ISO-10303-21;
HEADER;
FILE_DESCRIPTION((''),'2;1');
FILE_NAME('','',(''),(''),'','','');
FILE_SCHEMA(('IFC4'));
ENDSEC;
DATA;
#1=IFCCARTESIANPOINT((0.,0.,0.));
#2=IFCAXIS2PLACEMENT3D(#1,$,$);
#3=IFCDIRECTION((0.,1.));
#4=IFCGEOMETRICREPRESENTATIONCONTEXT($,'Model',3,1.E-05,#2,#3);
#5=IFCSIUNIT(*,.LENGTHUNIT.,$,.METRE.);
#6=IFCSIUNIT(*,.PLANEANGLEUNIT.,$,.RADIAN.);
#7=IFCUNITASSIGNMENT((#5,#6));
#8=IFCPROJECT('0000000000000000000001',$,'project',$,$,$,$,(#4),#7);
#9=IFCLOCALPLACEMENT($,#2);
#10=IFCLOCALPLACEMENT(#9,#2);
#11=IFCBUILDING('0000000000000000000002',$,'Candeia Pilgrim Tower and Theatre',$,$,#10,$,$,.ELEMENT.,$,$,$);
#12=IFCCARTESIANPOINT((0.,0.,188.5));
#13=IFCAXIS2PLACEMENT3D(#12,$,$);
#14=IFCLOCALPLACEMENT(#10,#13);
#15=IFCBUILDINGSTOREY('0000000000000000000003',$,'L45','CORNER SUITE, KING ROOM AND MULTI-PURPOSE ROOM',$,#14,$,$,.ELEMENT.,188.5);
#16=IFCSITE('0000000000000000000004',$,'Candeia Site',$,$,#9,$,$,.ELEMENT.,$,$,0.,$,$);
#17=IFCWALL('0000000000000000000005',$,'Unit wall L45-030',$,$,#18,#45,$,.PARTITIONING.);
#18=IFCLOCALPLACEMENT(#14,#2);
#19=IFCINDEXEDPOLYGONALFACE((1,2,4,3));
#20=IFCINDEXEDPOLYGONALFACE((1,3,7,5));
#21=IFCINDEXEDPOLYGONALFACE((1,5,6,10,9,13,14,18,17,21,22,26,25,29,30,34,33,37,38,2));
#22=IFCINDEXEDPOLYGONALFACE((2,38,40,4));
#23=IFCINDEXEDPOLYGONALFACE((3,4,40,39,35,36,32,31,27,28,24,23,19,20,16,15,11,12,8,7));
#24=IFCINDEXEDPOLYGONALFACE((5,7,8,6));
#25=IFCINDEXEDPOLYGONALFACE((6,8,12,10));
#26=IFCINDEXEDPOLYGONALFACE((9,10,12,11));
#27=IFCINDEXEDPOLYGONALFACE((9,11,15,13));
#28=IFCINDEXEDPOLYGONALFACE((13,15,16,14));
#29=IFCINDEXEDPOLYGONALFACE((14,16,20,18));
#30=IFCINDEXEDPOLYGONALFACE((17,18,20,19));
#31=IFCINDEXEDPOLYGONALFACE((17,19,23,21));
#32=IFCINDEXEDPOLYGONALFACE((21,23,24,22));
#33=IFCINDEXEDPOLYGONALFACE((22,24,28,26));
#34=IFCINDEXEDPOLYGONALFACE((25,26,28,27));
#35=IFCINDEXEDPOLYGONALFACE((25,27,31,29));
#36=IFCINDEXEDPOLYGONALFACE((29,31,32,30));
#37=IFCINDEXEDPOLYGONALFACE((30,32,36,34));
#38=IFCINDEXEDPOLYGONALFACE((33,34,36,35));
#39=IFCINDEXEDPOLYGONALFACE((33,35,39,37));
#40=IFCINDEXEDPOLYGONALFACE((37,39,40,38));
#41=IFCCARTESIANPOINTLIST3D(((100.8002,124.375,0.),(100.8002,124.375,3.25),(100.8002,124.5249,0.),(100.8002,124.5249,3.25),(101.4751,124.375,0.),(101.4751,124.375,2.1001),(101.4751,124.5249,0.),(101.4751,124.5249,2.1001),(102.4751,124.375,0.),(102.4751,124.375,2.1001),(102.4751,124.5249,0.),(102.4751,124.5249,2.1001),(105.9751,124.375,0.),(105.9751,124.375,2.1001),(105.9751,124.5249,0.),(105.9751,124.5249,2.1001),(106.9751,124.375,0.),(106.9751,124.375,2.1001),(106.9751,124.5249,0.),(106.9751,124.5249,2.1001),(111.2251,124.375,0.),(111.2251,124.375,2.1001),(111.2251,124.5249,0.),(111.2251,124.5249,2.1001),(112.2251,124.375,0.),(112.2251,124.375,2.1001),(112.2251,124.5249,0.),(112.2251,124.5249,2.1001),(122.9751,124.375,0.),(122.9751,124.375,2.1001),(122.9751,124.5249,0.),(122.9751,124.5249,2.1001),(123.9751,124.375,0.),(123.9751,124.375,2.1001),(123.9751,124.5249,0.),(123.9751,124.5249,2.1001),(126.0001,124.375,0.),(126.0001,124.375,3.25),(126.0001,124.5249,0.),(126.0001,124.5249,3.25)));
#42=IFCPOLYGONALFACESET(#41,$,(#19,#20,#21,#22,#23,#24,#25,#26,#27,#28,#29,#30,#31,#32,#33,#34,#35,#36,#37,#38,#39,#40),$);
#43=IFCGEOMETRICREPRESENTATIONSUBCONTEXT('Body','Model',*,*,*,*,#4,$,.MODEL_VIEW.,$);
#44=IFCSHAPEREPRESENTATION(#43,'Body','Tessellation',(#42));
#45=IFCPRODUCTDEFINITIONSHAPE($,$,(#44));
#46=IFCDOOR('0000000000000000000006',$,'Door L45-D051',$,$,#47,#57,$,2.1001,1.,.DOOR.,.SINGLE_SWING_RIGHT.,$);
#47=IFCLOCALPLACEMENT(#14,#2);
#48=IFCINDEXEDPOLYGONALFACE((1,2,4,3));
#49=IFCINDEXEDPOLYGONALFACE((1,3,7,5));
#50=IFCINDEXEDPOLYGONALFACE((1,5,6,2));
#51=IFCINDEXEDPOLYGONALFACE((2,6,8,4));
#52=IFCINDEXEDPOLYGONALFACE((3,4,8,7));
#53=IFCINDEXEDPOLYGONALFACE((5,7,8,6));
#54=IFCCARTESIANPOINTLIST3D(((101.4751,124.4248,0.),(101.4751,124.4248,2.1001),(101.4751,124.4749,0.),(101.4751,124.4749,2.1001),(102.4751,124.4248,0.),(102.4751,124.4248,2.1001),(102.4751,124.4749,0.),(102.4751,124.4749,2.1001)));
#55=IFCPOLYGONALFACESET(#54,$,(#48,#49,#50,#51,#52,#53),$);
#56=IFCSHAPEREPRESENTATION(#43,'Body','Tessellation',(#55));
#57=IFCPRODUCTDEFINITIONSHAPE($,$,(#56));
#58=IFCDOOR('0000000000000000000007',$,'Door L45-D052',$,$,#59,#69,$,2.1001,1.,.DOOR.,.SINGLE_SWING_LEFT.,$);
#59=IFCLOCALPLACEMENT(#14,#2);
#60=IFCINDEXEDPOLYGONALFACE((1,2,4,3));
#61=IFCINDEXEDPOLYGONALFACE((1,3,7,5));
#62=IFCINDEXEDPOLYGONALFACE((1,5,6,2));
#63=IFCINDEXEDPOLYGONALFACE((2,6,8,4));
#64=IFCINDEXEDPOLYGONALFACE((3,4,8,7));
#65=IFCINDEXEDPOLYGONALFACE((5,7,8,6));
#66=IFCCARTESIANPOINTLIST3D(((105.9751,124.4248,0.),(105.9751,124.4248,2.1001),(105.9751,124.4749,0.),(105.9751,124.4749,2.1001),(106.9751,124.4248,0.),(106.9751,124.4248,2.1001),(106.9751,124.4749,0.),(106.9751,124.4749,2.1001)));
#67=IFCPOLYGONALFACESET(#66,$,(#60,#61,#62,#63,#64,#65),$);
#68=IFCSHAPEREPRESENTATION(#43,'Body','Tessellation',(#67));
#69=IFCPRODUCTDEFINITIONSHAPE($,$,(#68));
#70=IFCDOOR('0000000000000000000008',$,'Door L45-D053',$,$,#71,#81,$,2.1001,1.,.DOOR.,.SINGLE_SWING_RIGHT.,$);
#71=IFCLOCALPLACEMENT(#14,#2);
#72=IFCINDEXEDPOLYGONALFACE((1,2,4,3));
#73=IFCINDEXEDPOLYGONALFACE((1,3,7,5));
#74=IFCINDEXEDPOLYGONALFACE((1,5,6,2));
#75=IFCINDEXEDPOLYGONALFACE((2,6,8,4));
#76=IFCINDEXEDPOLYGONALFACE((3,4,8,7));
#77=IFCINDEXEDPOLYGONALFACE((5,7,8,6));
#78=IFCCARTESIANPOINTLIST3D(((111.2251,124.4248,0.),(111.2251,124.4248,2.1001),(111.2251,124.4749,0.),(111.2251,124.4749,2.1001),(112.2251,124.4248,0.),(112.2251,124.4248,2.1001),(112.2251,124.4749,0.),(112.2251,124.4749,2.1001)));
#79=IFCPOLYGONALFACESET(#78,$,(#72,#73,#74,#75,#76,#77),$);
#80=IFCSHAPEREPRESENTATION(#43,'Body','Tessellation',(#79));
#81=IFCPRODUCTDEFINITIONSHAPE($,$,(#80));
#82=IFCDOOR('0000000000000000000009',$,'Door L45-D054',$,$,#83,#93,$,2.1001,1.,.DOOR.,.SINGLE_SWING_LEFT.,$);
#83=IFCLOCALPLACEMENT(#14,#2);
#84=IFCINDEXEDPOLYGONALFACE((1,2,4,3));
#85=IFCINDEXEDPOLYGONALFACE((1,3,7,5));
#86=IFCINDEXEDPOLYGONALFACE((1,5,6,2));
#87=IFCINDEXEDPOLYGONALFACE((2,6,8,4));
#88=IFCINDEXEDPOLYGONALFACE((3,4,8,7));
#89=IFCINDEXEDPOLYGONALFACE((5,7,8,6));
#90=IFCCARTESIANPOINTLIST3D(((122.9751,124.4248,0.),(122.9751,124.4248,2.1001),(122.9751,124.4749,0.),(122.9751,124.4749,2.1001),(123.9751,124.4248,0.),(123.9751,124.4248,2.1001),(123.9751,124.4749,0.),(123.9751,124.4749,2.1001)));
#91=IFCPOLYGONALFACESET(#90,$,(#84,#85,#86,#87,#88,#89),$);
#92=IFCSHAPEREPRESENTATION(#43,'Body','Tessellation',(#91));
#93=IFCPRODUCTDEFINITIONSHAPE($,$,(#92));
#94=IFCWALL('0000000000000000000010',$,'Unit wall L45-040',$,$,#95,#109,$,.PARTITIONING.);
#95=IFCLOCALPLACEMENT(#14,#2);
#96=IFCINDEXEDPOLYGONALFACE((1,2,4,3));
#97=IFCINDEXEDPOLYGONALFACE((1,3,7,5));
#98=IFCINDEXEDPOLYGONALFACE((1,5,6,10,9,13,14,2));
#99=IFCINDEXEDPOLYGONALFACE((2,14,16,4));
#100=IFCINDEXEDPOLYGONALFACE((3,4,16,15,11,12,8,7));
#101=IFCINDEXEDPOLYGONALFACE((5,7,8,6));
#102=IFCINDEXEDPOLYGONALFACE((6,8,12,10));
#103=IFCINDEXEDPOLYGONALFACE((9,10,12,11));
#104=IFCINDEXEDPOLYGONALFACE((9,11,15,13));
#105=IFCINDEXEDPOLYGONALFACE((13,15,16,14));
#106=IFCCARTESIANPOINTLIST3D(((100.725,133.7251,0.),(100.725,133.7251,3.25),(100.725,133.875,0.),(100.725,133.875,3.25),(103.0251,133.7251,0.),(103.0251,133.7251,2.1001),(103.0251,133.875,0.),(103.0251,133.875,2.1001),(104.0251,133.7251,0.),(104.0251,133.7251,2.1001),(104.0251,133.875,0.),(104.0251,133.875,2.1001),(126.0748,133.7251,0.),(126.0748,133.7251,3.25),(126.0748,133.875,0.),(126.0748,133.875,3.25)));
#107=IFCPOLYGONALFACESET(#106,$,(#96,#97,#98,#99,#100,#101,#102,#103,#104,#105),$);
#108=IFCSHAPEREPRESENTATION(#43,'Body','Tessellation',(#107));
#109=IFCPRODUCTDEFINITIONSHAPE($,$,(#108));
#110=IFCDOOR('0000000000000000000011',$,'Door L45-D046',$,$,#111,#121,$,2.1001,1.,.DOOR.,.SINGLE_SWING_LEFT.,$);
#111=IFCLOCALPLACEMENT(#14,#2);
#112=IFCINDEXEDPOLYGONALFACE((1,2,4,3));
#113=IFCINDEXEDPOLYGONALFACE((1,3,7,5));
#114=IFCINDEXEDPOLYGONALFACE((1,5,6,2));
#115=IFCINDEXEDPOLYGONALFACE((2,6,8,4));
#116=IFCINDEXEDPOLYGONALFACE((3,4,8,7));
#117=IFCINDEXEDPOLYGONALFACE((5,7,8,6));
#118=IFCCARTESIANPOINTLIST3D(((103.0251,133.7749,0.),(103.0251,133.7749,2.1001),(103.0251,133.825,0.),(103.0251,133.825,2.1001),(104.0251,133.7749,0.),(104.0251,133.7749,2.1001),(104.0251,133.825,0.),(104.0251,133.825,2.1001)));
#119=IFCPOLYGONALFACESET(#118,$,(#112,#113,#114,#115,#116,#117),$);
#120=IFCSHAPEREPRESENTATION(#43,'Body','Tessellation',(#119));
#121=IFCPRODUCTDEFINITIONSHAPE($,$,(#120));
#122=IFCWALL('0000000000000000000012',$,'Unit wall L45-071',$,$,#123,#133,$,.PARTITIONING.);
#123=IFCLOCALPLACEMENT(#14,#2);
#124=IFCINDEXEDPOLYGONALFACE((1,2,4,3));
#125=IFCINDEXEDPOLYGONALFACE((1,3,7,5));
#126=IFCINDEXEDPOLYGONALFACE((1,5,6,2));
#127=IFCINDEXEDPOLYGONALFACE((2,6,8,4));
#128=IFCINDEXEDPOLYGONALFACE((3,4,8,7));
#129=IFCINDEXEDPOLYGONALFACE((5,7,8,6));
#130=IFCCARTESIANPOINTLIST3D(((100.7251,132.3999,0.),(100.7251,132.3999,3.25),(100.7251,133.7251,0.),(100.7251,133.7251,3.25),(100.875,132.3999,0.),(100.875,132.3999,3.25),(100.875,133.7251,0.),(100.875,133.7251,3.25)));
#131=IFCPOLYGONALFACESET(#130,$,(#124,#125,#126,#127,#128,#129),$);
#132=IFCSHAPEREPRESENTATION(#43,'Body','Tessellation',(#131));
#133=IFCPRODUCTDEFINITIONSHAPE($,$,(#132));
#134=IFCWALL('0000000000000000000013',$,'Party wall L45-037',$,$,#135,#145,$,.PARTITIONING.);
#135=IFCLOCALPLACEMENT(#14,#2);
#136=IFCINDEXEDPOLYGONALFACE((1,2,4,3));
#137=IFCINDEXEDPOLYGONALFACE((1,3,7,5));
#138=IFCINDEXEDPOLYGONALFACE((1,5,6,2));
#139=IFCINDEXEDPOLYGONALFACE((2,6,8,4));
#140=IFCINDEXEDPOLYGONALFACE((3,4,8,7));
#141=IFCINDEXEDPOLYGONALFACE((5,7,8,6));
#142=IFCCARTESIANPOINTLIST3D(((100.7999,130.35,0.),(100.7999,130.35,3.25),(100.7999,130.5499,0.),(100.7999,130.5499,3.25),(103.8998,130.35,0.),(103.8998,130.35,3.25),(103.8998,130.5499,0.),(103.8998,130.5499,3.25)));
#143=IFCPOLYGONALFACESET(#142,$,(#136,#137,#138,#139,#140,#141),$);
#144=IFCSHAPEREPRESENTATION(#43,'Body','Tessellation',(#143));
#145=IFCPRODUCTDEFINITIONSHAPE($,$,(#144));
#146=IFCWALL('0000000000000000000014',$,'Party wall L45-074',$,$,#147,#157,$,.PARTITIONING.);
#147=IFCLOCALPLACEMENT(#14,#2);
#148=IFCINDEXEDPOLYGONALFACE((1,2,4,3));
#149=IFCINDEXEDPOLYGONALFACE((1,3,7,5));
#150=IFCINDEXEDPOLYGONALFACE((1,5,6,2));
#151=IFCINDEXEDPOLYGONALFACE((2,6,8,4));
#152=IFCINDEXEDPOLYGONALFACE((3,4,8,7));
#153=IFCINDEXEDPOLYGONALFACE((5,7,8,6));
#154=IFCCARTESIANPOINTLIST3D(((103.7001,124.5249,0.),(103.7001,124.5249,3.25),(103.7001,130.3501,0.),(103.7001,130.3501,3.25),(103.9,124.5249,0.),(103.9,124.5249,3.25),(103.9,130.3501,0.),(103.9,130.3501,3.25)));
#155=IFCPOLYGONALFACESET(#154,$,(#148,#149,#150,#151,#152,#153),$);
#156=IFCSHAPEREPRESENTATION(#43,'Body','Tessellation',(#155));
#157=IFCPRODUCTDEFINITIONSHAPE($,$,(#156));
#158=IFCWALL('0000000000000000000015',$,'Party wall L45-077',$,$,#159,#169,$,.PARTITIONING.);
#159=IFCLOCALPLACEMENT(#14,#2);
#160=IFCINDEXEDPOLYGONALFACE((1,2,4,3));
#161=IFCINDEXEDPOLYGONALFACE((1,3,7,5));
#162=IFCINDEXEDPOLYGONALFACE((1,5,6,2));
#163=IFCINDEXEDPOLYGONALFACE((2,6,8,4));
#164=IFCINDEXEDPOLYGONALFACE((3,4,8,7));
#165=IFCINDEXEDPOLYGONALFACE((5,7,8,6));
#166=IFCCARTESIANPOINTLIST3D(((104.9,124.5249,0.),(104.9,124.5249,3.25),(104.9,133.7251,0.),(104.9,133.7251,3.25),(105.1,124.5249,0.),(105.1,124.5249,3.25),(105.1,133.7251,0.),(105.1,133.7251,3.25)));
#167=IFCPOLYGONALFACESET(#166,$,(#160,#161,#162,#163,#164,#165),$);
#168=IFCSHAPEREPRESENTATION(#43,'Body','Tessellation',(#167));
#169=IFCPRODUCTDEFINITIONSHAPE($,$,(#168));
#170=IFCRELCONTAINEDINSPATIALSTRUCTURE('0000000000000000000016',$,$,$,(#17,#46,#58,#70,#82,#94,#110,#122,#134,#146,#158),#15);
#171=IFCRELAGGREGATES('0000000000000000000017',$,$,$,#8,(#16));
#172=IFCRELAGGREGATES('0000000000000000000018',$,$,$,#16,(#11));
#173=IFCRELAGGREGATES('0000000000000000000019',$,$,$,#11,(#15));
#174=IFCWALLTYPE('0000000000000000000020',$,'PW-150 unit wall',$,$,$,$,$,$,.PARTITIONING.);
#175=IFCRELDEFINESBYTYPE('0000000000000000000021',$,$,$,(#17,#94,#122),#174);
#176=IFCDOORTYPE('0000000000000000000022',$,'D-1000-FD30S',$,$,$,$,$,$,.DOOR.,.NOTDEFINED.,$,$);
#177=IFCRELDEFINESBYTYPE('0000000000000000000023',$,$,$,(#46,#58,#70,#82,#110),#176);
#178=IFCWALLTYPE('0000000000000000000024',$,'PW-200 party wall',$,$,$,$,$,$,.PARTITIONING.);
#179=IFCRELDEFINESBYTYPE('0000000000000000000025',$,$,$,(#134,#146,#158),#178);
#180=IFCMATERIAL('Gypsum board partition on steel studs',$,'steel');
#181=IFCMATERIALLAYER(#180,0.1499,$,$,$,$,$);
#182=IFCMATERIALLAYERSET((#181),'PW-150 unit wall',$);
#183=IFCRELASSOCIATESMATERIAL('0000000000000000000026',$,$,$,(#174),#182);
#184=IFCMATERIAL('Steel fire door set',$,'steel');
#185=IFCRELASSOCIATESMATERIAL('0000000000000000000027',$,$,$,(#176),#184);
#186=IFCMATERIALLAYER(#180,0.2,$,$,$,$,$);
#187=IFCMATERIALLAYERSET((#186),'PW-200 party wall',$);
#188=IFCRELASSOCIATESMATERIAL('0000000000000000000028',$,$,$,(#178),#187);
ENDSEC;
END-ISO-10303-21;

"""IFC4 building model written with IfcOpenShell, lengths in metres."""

from ifc_helpers import new_model, si_unit, direction, frame, frame_2d, origin, place, context, subcontext, project, spatial, rectangle, extrude, material, layer, layer_set, type_object, element, fill, save


model = new_model("IFC4")

# Units and contexts
model_context = context("Model", 3, precision=1e-05, world=origin(), true_north=direction((0.0, 1.0)))
body_context = subcontext(model_context, "Body", "Model", "MODEL_VIEW")
ifc_project = project(units=[si_unit("LENGTHUNIT", "METRE"), si_unit("PLANEANGLEUNIT", "RADIAN")], contexts=[model_context])

# Site, building, storey
site_placement = place(None, origin())
site = spatial("IfcSite", under=ifc_project, at=site_placement, Name="Candeia Site", CompositionType="ELEMENT", RefElevation=0.0)
building_placement = place(site_placement, origin())
building = spatial("IfcBuilding", under=site, at=building_placement, Name="Candeia Pilgrim Tower and Theatre", CompositionType="ELEMENT")
storey_placement = place(building_placement, frame((0.0, 0.0, 188.5)))
storey = spatial("IfcBuildingStorey", under=building, at=storey_placement, Name="L45", Description="CORNER SUITE, KING ROOM AND MULTI-PURPOSE ROOM", CompositionType="ELEMENT", Elevation=188.5)

# Shared definitions
ifc_material_1 = material(Name="Steel fire door set", Category="steel")
ifc_material_2 = material(Name="Gypsum board partition on steel studs", Category="steel")

# Shared definitions
ifc_layer_1 = layer(ifc_material_2, 0.1499)
ifc_layer_set_1 = layer_set([ifc_layer_1], Name="PW-150 unit wall")
wall_type_1 = type_object("IfcWallType", Name="PW-150 unit wall", PredefinedType="PARTITIONING", material=ifc_layer_set_1)

# Wall, openings, doors
wall_1_placement = place(storey_placement, frame((100.8, 124.45, 0.0), z_axis=(0.0, 0.0, 1.0), x_axis=(1.0, 0.0, 0.0)))
wall_1 = element("IfcWall", 1, at=wall_1_placement, inside=storey, type_object=wall_type_1, Name="Unit wall L45-030", PredefinedType="PARTITIONING", context=body_context, shape_type="SweptSolid", body=[
    extrude(rectangle(XDim=25.2, YDim=0.1499, at=frame_2d((12.6001, 0.0))), origin(), (0.0, 0.0, 1.0), 3.25),
])
opening_1_placement = place(wall_1_placement, frame((0.675, 0.0, 0.0)))
opening_1 = element("IfcOpeningElement", 2, at=opening_1_placement, cuts=wall_1, PredefinedType="OPENING", context=body_context, shape_type="SweptSolid", body=[
    extrude(rectangle(XDim=1.0, YDim=2.1001, at=frame_2d((0.5, 1.05))), frame((0.0, 0.085, 0.0), z_axis=(0.0, -1.0, 0.0), x_axis=(1.0, 0.0, 0.0)), (0.0, 0.0, 1.0), 0.1699),
])
opening_2_placement = place(wall_1_placement, frame((5.175, 0.0, 0.0)))
opening_2 = element("IfcOpeningElement", 3, at=opening_2_placement, cuts=wall_1, PredefinedType="OPENING", context=body_context, shape_type="SweptSolid", body=[
    extrude(rectangle(XDim=1.0, YDim=2.1001, at=frame_2d((0.5, 1.05))), frame((0.0, 0.085, 0.0), z_axis=(0.0, -1.0, 0.0), x_axis=(1.0, 0.0, 0.0)), (0.0, 0.0, 1.0), 0.1699),
])
opening_3_placement = place(wall_1_placement, frame((10.425, 0.0, 0.0)))
opening_3 = element("IfcOpeningElement", 4, at=opening_3_placement, cuts=wall_1, PredefinedType="OPENING", context=body_context, shape_type="SweptSolid", body=[
    extrude(rectangle(XDim=1.0, YDim=2.1001, at=frame_2d((0.5, 1.05))), frame((0.0, 0.085, 0.0), z_axis=(0.0, -1.0, 0.0), x_axis=(1.0, 0.0, 0.0)), (0.0, 0.0, 1.0), 0.1699),
])
opening_4_placement = place(wall_1_placement, frame((22.175, 0.0, 0.0)))
opening_4 = element("IfcOpeningElement", 5, at=opening_4_placement, cuts=wall_1, PredefinedType="OPENING", context=body_context, shape_type="SweptSolid", body=[
    extrude(rectangle(XDim=1.0, YDim=2.1001, at=frame_2d((0.5, 1.05))), frame((0.0, 0.085, 0.0), z_axis=(0.0, -1.0, 0.0), x_axis=(1.0, 0.0, 0.0)), (0.0, 0.0, 1.0), 0.1699),
])
door_type_1 = type_object("IfcDoorType", Name="D-1000-FD30S", OperationType="NOTDEFINED", PredefinedType="DOOR", material=ifc_material_1)
door_1_placement = place(opening_1_placement, origin())
door_1 = element("IfcDoor", 6, at=door_1_placement, inside=storey, type_object=door_type_1, Name="Door L45-D051", OperationType="SINGLE_SWING_RIGHT", OverallHeight=2.1001, OverallWidth=1.0, PredefinedType="DOOR", context=body_context, shape_type="SweptSolid", body=[
    extrude(rectangle(XDim=1.0, YDim=2.1001, at=frame_2d((0.5, 1.05))), frame((0.0, 0.0249, 0.0), z_axis=(0.0, -1.0, 0.0), x_axis=(1.0, 0.0, 0.0)), (0.0, 0.0, 1.0), 0.05),
])
fill(opening_1, door_1)
door_2_placement = place(opening_2_placement, origin())
door_2 = element("IfcDoor", 7, at=door_2_placement, inside=storey, type_object=door_type_1, Name="Door L45-D052", OperationType="SINGLE_SWING_LEFT", OverallHeight=2.1001, OverallWidth=1.0, PredefinedType="DOOR", context=body_context, shape_type="SweptSolid", body=[
    extrude(rectangle(XDim=1.0, YDim=2.1001, at=frame_2d((0.5, 1.05))), frame((0.0, 0.0249, 0.0), z_axis=(0.0, -1.0, 0.0), x_axis=(1.0, 0.0, 0.0)), (0.0, 0.0, 1.0), 0.05),
])
fill(opening_2, door_2)
door_3_placement = place(opening_3_placement, origin())
door_3 = element("IfcDoor", 8, at=door_3_placement, inside=storey, type_object=door_type_1, Name="Door L45-D053", OperationType="SINGLE_SWING_RIGHT", OverallHeight=2.1001, OverallWidth=1.0, PredefinedType="DOOR", context=body_context, shape_type="SweptSolid", body=[
    extrude(rectangle(XDim=1.0, YDim=2.1001, at=frame_2d((0.5, 1.05))), frame((0.0, 0.0249, 0.0), z_axis=(0.0, -1.0, 0.0), x_axis=(1.0, 0.0, 0.0)), (0.0, 0.0, 1.0), 0.05),
])
fill(opening_3, door_3)
door_4_placement = place(opening_4_placement, origin())
door_4 = element("IfcDoor", 9, at=door_4_placement, inside=storey, type_object=door_type_1, Name="Door L45-D054", OperationType="SINGLE_SWING_LEFT", OverallHeight=2.1001, OverallWidth=1.0, PredefinedType="DOOR", context=body_context, shape_type="SweptSolid", body=[
    extrude(rectangle(XDim=1.0, YDim=2.1001, at=frame_2d((0.5, 1.05))), frame((0.0, 0.0249, 0.0), z_axis=(0.0, -1.0, 0.0), x_axis=(1.0, 0.0, 0.0)), (0.0, 0.0, 1.0), 0.05),
])
fill(opening_4, door_4)

# Wall, opening, door
wall_2_placement = place(storey_placement, frame((100.7251, 133.8, 0.0), z_axis=(0.0, 0.0, 1.0), x_axis=(1.0, 0.0, 0.0)))
wall_2 = element("IfcWall", 10, at=wall_2_placement, inside=storey, type_object=wall_type_1, Name="Unit wall L45-040", PredefinedType="PARTITIONING", context=body_context, shape_type="SweptSolid", body=[
    extrude(rectangle(XDim=25.3499, YDim=0.1499, at=frame_2d((12.6748, 0.0))), origin(), (0.0, 0.0, 1.0), 3.25),
])
opening_5_placement = place(wall_2_placement, frame((2.3, 0.0, 0.0)))
opening_5 = element("IfcOpeningElement", 11, at=opening_5_placement, cuts=wall_2, PredefinedType="OPENING", context=body_context, shape_type="SweptSolid", body=[
    extrude(rectangle(XDim=1.0, YDim=2.1001, at=frame_2d((0.5, 1.05))), frame((0.0, 0.085, 0.0), z_axis=(0.0, -1.0, 0.0), x_axis=(1.0, 0.0, 0.0)), (0.0, 0.0, 1.0), 0.1699),
])
door_5_placement = place(opening_5_placement, origin())
door_5 = element("IfcDoor", 12, at=door_5_placement, inside=storey, type_object=door_type_1, Name="Door L45-D046", OperationType="SINGLE_SWING_LEFT", OverallHeight=2.1001, OverallWidth=1.0, PredefinedType="DOOR", context=body_context, shape_type="SweptSolid", body=[
    extrude(rectangle(XDim=1.0, YDim=2.1001, at=frame_2d((0.5, 1.05))), frame((0.0, 0.0249, 0.0), z_axis=(0.0, -1.0, 0.0), x_axis=(1.0, 0.0, 0.0)), (0.0, 0.0, 1.0), 0.05),
])
fill(opening_5, door_5)

# Walls
wall_3_placement = place(storey_placement, frame((100.8, 132.3999, 0.0), z_axis=(0.0, 0.0, 1.0), x_axis=(0.0, 1.0, 0.0)))
element("IfcWall", 13, at=wall_3_placement, inside=storey, type_object=wall_type_1, Name="Unit wall L45-071", PredefinedType="PARTITIONING", context=body_context, shape_type="SweptSolid", body=[
    extrude(rectangle(XDim=1.3252, YDim=0.1499, at=frame_2d((0.6626, 0.0))), origin(), (0.0, 0.0, 1.0), 3.25),
])
ifc_layer_2 = layer(ifc_material_2, 0.2)
ifc_layer_set_2 = layer_set([ifc_layer_2], Name="PW-200 party wall")
wall_type_2 = type_object("IfcWallType", Name="PW-200 party wall", PredefinedType="PARTITIONING", material=ifc_layer_set_2)
wall_4_placement = place(storey_placement, frame((100.8, 130.45, 0.0), z_axis=(0.0, 0.0, 1.0), x_axis=(1.0, 0.0, 0.0)))
element("IfcWall", 14, at=wall_4_placement, inside=storey, type_object=wall_type_2, Name="Party wall L45-037", PredefinedType="PARTITIONING", context=body_context, shape_type="SweptSolid", body=[
    extrude(rectangle(XDim=3.0999, YDim=0.2, at=frame_2d((1.5498, 0.0))), origin(), (0.0, 0.0, 1.0), 3.25),
])
wall_5_placement = place(storey_placement, frame((103.8, 124.5249, 0.0), z_axis=(0.0, 0.0, 1.0), x_axis=(0.0, 1.0, 0.0)))
element("IfcWall", 15, at=wall_5_placement, inside=storey, type_object=wall_type_2, Name="Party wall L45-074", PredefinedType="PARTITIONING", context=body_context, shape_type="SweptSolid", body=[
    extrude(rectangle(XDim=5.8252, YDim=0.2, at=frame_2d((2.9126, 0.0))), origin(), (0.0, 0.0, 1.0), 3.25),
])
for number, where, z_axis, x_axis, name in (
    (16, (105.0, 124.5249, 0.0), (0.0, 0.0, 1.0), (0.0, 1.0, 0.0), "Party wall L45-077"),
):
    element("IfcWall", number, at=place(storey_placement, frame(where, z_axis=z_axis, x_axis=x_axis)), inside=storey, type_object=wall_type_2, Name=name, PredefinedType="PARTITIONING", context=body_context, shape_type="SweptSolid", body=[
        extrude(rectangle(XDim=9.2002, YDim=0.2, at=frame_2d((4.6001, 0.0))), origin(), (0.0, 0.0, 1.0), 3.25),
    ])

save(model, "model.ifc")
